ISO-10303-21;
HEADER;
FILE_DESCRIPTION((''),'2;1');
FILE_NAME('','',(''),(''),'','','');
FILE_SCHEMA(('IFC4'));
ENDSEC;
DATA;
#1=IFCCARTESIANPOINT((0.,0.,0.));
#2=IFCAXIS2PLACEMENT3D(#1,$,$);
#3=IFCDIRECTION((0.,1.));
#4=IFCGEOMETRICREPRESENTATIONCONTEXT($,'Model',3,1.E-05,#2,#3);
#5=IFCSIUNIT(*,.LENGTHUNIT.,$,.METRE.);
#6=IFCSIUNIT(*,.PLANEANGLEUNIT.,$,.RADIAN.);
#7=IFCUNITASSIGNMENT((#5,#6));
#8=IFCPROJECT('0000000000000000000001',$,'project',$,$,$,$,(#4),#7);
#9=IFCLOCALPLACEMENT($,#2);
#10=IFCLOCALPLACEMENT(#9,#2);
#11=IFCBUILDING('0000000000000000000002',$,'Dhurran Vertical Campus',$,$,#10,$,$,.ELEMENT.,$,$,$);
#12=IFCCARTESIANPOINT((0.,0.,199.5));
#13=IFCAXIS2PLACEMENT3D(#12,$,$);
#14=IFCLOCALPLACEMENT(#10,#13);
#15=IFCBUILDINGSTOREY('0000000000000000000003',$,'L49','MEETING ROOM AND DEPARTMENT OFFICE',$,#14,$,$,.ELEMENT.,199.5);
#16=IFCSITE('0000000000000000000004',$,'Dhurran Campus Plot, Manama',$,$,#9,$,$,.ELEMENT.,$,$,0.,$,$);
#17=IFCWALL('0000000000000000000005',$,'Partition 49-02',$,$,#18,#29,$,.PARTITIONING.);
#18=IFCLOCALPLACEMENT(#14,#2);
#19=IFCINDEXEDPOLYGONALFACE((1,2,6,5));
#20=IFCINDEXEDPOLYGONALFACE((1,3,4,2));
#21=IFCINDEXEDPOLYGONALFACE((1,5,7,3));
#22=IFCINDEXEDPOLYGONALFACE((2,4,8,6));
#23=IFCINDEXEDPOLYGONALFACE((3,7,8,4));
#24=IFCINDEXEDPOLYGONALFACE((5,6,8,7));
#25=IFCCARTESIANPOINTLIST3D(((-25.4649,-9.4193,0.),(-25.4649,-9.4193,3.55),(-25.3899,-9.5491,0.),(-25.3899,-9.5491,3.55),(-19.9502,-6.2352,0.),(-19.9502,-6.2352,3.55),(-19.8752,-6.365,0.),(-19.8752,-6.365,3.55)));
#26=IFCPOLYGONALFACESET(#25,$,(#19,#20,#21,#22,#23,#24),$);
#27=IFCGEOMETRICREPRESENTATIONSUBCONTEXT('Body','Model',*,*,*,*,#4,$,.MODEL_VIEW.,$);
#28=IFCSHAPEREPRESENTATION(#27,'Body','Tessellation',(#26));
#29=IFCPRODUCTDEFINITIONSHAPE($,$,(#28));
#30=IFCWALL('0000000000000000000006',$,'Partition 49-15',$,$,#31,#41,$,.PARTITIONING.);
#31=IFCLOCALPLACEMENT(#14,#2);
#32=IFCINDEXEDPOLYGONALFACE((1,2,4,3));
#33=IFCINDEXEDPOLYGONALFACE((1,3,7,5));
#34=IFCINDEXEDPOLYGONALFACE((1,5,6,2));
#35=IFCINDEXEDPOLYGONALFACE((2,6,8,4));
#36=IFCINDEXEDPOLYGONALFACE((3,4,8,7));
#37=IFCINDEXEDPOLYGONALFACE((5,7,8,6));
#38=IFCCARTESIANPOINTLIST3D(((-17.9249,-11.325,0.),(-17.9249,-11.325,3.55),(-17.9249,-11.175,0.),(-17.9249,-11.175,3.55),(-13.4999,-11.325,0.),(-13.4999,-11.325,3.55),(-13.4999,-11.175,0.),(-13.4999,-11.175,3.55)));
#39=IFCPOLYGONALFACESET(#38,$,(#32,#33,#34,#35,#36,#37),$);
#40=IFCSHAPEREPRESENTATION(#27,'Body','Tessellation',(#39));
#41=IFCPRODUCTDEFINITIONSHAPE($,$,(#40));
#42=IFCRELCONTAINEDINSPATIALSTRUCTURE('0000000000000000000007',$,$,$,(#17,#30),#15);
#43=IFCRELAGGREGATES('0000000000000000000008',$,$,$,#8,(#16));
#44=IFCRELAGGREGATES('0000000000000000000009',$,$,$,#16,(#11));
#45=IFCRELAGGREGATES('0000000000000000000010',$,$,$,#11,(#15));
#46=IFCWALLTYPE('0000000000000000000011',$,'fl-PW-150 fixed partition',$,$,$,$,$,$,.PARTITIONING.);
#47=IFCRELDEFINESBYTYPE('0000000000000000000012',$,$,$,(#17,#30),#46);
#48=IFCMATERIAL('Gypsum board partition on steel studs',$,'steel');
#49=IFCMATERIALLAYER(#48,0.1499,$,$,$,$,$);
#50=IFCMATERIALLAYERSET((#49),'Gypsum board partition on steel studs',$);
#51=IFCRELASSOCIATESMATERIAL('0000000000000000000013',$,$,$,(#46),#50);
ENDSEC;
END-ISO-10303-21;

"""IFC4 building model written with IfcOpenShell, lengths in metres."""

from ifc_helpers import new_model, si_unit, direction, frame, frame_2d, origin, place, context, subcontext, project, spatial, rectangle, extrude, material, layer, layer_set, type_object, element, save


model = new_model("IFC4")

# Units and contexts
model_context = context("Model", 3, precision=1e-05, world=origin(), true_north=direction((0.0, 1.0)))
body_context = subcontext(model_context, "Body", "Model", "MODEL_VIEW")
ifc_project = project(units=[si_unit("LENGTHUNIT", "METRE"), si_unit("PLANEANGLEUNIT", "RADIAN")], contexts=[model_context])

# Site, building, storey
site_placement = place(None, origin())
site = spatial("IfcSite", under=ifc_project, at=site_placement, Name="Dhurran Campus Plot, Manama", CompositionType="ELEMENT", RefElevation=0.0)
building_placement = place(site_placement, origin())
building = spatial("IfcBuilding", under=site, at=building_placement, Name="Dhurran Vertical Campus", CompositionType="ELEMENT")
storey_placement = place(building_placement, frame((0.0, 0.0, 199.5)))
storey = spatial("IfcBuildingStorey", under=building, at=storey_placement, Name="L49", Description="MEETING ROOM AND DEPARTMENT OFFICE", CompositionType="ELEMENT", Elevation=199.5)

# Walls
ifc_material_1 = material(Name="Gypsum board partition on steel studs", Category="steel")
ifc_layer_1 = layer(ifc_material_1, 0.1499)
ifc_layer_set_1 = layer_set([ifc_layer_1], Name="Gypsum board partition on steel studs")
wall_type_1 = type_object("IfcWallType", Name="fl-PW-150 fixed partition", PredefinedType="PARTITIONING", material=ifc_layer_set_1)
wall_1_placement = place(storey_placement, frame((-19.9126, -6.3, 0.0), z_axis=(0.0, 0.0, 1.0), x_axis=(-0.866012, -0.500023, 0.0)))
element("IfcWall", 1, at=wall_1_placement, inside=storey, type_object=wall_type_1, Name="Partition 49-02", PredefinedType="PARTITIONING", context=body_context, shape_type="SweptSolid", body=[
    extrude(rectangle(XDim=6.3679, YDim=0.1499, at=frame_2d((3.1841, 0.0))), origin(), (0.0, 0.0, 1.0), 3.55),
])
wall_2_placement = place(storey_placement, frame((-13.5, -11.25, 0.0), z_axis=(0.0, 0.0, 1.0), x_axis=(-1.0, 0.0, 0.0)))
element("IfcWall", 2, at=wall_2_placement, inside=storey, type_object=wall_type_1, Name="Partition 49-15", PredefinedType="PARTITIONING", context=body_context, shape_type="SweptSolid", body=[
    extrude(rectangle(XDim=4.425, YDim=0.1499, at=frame_2d((2.2124, 0.0))), origin(), (0.0, 0.0, 1.0), 3.55),
])

save(model, "model.ifc")
